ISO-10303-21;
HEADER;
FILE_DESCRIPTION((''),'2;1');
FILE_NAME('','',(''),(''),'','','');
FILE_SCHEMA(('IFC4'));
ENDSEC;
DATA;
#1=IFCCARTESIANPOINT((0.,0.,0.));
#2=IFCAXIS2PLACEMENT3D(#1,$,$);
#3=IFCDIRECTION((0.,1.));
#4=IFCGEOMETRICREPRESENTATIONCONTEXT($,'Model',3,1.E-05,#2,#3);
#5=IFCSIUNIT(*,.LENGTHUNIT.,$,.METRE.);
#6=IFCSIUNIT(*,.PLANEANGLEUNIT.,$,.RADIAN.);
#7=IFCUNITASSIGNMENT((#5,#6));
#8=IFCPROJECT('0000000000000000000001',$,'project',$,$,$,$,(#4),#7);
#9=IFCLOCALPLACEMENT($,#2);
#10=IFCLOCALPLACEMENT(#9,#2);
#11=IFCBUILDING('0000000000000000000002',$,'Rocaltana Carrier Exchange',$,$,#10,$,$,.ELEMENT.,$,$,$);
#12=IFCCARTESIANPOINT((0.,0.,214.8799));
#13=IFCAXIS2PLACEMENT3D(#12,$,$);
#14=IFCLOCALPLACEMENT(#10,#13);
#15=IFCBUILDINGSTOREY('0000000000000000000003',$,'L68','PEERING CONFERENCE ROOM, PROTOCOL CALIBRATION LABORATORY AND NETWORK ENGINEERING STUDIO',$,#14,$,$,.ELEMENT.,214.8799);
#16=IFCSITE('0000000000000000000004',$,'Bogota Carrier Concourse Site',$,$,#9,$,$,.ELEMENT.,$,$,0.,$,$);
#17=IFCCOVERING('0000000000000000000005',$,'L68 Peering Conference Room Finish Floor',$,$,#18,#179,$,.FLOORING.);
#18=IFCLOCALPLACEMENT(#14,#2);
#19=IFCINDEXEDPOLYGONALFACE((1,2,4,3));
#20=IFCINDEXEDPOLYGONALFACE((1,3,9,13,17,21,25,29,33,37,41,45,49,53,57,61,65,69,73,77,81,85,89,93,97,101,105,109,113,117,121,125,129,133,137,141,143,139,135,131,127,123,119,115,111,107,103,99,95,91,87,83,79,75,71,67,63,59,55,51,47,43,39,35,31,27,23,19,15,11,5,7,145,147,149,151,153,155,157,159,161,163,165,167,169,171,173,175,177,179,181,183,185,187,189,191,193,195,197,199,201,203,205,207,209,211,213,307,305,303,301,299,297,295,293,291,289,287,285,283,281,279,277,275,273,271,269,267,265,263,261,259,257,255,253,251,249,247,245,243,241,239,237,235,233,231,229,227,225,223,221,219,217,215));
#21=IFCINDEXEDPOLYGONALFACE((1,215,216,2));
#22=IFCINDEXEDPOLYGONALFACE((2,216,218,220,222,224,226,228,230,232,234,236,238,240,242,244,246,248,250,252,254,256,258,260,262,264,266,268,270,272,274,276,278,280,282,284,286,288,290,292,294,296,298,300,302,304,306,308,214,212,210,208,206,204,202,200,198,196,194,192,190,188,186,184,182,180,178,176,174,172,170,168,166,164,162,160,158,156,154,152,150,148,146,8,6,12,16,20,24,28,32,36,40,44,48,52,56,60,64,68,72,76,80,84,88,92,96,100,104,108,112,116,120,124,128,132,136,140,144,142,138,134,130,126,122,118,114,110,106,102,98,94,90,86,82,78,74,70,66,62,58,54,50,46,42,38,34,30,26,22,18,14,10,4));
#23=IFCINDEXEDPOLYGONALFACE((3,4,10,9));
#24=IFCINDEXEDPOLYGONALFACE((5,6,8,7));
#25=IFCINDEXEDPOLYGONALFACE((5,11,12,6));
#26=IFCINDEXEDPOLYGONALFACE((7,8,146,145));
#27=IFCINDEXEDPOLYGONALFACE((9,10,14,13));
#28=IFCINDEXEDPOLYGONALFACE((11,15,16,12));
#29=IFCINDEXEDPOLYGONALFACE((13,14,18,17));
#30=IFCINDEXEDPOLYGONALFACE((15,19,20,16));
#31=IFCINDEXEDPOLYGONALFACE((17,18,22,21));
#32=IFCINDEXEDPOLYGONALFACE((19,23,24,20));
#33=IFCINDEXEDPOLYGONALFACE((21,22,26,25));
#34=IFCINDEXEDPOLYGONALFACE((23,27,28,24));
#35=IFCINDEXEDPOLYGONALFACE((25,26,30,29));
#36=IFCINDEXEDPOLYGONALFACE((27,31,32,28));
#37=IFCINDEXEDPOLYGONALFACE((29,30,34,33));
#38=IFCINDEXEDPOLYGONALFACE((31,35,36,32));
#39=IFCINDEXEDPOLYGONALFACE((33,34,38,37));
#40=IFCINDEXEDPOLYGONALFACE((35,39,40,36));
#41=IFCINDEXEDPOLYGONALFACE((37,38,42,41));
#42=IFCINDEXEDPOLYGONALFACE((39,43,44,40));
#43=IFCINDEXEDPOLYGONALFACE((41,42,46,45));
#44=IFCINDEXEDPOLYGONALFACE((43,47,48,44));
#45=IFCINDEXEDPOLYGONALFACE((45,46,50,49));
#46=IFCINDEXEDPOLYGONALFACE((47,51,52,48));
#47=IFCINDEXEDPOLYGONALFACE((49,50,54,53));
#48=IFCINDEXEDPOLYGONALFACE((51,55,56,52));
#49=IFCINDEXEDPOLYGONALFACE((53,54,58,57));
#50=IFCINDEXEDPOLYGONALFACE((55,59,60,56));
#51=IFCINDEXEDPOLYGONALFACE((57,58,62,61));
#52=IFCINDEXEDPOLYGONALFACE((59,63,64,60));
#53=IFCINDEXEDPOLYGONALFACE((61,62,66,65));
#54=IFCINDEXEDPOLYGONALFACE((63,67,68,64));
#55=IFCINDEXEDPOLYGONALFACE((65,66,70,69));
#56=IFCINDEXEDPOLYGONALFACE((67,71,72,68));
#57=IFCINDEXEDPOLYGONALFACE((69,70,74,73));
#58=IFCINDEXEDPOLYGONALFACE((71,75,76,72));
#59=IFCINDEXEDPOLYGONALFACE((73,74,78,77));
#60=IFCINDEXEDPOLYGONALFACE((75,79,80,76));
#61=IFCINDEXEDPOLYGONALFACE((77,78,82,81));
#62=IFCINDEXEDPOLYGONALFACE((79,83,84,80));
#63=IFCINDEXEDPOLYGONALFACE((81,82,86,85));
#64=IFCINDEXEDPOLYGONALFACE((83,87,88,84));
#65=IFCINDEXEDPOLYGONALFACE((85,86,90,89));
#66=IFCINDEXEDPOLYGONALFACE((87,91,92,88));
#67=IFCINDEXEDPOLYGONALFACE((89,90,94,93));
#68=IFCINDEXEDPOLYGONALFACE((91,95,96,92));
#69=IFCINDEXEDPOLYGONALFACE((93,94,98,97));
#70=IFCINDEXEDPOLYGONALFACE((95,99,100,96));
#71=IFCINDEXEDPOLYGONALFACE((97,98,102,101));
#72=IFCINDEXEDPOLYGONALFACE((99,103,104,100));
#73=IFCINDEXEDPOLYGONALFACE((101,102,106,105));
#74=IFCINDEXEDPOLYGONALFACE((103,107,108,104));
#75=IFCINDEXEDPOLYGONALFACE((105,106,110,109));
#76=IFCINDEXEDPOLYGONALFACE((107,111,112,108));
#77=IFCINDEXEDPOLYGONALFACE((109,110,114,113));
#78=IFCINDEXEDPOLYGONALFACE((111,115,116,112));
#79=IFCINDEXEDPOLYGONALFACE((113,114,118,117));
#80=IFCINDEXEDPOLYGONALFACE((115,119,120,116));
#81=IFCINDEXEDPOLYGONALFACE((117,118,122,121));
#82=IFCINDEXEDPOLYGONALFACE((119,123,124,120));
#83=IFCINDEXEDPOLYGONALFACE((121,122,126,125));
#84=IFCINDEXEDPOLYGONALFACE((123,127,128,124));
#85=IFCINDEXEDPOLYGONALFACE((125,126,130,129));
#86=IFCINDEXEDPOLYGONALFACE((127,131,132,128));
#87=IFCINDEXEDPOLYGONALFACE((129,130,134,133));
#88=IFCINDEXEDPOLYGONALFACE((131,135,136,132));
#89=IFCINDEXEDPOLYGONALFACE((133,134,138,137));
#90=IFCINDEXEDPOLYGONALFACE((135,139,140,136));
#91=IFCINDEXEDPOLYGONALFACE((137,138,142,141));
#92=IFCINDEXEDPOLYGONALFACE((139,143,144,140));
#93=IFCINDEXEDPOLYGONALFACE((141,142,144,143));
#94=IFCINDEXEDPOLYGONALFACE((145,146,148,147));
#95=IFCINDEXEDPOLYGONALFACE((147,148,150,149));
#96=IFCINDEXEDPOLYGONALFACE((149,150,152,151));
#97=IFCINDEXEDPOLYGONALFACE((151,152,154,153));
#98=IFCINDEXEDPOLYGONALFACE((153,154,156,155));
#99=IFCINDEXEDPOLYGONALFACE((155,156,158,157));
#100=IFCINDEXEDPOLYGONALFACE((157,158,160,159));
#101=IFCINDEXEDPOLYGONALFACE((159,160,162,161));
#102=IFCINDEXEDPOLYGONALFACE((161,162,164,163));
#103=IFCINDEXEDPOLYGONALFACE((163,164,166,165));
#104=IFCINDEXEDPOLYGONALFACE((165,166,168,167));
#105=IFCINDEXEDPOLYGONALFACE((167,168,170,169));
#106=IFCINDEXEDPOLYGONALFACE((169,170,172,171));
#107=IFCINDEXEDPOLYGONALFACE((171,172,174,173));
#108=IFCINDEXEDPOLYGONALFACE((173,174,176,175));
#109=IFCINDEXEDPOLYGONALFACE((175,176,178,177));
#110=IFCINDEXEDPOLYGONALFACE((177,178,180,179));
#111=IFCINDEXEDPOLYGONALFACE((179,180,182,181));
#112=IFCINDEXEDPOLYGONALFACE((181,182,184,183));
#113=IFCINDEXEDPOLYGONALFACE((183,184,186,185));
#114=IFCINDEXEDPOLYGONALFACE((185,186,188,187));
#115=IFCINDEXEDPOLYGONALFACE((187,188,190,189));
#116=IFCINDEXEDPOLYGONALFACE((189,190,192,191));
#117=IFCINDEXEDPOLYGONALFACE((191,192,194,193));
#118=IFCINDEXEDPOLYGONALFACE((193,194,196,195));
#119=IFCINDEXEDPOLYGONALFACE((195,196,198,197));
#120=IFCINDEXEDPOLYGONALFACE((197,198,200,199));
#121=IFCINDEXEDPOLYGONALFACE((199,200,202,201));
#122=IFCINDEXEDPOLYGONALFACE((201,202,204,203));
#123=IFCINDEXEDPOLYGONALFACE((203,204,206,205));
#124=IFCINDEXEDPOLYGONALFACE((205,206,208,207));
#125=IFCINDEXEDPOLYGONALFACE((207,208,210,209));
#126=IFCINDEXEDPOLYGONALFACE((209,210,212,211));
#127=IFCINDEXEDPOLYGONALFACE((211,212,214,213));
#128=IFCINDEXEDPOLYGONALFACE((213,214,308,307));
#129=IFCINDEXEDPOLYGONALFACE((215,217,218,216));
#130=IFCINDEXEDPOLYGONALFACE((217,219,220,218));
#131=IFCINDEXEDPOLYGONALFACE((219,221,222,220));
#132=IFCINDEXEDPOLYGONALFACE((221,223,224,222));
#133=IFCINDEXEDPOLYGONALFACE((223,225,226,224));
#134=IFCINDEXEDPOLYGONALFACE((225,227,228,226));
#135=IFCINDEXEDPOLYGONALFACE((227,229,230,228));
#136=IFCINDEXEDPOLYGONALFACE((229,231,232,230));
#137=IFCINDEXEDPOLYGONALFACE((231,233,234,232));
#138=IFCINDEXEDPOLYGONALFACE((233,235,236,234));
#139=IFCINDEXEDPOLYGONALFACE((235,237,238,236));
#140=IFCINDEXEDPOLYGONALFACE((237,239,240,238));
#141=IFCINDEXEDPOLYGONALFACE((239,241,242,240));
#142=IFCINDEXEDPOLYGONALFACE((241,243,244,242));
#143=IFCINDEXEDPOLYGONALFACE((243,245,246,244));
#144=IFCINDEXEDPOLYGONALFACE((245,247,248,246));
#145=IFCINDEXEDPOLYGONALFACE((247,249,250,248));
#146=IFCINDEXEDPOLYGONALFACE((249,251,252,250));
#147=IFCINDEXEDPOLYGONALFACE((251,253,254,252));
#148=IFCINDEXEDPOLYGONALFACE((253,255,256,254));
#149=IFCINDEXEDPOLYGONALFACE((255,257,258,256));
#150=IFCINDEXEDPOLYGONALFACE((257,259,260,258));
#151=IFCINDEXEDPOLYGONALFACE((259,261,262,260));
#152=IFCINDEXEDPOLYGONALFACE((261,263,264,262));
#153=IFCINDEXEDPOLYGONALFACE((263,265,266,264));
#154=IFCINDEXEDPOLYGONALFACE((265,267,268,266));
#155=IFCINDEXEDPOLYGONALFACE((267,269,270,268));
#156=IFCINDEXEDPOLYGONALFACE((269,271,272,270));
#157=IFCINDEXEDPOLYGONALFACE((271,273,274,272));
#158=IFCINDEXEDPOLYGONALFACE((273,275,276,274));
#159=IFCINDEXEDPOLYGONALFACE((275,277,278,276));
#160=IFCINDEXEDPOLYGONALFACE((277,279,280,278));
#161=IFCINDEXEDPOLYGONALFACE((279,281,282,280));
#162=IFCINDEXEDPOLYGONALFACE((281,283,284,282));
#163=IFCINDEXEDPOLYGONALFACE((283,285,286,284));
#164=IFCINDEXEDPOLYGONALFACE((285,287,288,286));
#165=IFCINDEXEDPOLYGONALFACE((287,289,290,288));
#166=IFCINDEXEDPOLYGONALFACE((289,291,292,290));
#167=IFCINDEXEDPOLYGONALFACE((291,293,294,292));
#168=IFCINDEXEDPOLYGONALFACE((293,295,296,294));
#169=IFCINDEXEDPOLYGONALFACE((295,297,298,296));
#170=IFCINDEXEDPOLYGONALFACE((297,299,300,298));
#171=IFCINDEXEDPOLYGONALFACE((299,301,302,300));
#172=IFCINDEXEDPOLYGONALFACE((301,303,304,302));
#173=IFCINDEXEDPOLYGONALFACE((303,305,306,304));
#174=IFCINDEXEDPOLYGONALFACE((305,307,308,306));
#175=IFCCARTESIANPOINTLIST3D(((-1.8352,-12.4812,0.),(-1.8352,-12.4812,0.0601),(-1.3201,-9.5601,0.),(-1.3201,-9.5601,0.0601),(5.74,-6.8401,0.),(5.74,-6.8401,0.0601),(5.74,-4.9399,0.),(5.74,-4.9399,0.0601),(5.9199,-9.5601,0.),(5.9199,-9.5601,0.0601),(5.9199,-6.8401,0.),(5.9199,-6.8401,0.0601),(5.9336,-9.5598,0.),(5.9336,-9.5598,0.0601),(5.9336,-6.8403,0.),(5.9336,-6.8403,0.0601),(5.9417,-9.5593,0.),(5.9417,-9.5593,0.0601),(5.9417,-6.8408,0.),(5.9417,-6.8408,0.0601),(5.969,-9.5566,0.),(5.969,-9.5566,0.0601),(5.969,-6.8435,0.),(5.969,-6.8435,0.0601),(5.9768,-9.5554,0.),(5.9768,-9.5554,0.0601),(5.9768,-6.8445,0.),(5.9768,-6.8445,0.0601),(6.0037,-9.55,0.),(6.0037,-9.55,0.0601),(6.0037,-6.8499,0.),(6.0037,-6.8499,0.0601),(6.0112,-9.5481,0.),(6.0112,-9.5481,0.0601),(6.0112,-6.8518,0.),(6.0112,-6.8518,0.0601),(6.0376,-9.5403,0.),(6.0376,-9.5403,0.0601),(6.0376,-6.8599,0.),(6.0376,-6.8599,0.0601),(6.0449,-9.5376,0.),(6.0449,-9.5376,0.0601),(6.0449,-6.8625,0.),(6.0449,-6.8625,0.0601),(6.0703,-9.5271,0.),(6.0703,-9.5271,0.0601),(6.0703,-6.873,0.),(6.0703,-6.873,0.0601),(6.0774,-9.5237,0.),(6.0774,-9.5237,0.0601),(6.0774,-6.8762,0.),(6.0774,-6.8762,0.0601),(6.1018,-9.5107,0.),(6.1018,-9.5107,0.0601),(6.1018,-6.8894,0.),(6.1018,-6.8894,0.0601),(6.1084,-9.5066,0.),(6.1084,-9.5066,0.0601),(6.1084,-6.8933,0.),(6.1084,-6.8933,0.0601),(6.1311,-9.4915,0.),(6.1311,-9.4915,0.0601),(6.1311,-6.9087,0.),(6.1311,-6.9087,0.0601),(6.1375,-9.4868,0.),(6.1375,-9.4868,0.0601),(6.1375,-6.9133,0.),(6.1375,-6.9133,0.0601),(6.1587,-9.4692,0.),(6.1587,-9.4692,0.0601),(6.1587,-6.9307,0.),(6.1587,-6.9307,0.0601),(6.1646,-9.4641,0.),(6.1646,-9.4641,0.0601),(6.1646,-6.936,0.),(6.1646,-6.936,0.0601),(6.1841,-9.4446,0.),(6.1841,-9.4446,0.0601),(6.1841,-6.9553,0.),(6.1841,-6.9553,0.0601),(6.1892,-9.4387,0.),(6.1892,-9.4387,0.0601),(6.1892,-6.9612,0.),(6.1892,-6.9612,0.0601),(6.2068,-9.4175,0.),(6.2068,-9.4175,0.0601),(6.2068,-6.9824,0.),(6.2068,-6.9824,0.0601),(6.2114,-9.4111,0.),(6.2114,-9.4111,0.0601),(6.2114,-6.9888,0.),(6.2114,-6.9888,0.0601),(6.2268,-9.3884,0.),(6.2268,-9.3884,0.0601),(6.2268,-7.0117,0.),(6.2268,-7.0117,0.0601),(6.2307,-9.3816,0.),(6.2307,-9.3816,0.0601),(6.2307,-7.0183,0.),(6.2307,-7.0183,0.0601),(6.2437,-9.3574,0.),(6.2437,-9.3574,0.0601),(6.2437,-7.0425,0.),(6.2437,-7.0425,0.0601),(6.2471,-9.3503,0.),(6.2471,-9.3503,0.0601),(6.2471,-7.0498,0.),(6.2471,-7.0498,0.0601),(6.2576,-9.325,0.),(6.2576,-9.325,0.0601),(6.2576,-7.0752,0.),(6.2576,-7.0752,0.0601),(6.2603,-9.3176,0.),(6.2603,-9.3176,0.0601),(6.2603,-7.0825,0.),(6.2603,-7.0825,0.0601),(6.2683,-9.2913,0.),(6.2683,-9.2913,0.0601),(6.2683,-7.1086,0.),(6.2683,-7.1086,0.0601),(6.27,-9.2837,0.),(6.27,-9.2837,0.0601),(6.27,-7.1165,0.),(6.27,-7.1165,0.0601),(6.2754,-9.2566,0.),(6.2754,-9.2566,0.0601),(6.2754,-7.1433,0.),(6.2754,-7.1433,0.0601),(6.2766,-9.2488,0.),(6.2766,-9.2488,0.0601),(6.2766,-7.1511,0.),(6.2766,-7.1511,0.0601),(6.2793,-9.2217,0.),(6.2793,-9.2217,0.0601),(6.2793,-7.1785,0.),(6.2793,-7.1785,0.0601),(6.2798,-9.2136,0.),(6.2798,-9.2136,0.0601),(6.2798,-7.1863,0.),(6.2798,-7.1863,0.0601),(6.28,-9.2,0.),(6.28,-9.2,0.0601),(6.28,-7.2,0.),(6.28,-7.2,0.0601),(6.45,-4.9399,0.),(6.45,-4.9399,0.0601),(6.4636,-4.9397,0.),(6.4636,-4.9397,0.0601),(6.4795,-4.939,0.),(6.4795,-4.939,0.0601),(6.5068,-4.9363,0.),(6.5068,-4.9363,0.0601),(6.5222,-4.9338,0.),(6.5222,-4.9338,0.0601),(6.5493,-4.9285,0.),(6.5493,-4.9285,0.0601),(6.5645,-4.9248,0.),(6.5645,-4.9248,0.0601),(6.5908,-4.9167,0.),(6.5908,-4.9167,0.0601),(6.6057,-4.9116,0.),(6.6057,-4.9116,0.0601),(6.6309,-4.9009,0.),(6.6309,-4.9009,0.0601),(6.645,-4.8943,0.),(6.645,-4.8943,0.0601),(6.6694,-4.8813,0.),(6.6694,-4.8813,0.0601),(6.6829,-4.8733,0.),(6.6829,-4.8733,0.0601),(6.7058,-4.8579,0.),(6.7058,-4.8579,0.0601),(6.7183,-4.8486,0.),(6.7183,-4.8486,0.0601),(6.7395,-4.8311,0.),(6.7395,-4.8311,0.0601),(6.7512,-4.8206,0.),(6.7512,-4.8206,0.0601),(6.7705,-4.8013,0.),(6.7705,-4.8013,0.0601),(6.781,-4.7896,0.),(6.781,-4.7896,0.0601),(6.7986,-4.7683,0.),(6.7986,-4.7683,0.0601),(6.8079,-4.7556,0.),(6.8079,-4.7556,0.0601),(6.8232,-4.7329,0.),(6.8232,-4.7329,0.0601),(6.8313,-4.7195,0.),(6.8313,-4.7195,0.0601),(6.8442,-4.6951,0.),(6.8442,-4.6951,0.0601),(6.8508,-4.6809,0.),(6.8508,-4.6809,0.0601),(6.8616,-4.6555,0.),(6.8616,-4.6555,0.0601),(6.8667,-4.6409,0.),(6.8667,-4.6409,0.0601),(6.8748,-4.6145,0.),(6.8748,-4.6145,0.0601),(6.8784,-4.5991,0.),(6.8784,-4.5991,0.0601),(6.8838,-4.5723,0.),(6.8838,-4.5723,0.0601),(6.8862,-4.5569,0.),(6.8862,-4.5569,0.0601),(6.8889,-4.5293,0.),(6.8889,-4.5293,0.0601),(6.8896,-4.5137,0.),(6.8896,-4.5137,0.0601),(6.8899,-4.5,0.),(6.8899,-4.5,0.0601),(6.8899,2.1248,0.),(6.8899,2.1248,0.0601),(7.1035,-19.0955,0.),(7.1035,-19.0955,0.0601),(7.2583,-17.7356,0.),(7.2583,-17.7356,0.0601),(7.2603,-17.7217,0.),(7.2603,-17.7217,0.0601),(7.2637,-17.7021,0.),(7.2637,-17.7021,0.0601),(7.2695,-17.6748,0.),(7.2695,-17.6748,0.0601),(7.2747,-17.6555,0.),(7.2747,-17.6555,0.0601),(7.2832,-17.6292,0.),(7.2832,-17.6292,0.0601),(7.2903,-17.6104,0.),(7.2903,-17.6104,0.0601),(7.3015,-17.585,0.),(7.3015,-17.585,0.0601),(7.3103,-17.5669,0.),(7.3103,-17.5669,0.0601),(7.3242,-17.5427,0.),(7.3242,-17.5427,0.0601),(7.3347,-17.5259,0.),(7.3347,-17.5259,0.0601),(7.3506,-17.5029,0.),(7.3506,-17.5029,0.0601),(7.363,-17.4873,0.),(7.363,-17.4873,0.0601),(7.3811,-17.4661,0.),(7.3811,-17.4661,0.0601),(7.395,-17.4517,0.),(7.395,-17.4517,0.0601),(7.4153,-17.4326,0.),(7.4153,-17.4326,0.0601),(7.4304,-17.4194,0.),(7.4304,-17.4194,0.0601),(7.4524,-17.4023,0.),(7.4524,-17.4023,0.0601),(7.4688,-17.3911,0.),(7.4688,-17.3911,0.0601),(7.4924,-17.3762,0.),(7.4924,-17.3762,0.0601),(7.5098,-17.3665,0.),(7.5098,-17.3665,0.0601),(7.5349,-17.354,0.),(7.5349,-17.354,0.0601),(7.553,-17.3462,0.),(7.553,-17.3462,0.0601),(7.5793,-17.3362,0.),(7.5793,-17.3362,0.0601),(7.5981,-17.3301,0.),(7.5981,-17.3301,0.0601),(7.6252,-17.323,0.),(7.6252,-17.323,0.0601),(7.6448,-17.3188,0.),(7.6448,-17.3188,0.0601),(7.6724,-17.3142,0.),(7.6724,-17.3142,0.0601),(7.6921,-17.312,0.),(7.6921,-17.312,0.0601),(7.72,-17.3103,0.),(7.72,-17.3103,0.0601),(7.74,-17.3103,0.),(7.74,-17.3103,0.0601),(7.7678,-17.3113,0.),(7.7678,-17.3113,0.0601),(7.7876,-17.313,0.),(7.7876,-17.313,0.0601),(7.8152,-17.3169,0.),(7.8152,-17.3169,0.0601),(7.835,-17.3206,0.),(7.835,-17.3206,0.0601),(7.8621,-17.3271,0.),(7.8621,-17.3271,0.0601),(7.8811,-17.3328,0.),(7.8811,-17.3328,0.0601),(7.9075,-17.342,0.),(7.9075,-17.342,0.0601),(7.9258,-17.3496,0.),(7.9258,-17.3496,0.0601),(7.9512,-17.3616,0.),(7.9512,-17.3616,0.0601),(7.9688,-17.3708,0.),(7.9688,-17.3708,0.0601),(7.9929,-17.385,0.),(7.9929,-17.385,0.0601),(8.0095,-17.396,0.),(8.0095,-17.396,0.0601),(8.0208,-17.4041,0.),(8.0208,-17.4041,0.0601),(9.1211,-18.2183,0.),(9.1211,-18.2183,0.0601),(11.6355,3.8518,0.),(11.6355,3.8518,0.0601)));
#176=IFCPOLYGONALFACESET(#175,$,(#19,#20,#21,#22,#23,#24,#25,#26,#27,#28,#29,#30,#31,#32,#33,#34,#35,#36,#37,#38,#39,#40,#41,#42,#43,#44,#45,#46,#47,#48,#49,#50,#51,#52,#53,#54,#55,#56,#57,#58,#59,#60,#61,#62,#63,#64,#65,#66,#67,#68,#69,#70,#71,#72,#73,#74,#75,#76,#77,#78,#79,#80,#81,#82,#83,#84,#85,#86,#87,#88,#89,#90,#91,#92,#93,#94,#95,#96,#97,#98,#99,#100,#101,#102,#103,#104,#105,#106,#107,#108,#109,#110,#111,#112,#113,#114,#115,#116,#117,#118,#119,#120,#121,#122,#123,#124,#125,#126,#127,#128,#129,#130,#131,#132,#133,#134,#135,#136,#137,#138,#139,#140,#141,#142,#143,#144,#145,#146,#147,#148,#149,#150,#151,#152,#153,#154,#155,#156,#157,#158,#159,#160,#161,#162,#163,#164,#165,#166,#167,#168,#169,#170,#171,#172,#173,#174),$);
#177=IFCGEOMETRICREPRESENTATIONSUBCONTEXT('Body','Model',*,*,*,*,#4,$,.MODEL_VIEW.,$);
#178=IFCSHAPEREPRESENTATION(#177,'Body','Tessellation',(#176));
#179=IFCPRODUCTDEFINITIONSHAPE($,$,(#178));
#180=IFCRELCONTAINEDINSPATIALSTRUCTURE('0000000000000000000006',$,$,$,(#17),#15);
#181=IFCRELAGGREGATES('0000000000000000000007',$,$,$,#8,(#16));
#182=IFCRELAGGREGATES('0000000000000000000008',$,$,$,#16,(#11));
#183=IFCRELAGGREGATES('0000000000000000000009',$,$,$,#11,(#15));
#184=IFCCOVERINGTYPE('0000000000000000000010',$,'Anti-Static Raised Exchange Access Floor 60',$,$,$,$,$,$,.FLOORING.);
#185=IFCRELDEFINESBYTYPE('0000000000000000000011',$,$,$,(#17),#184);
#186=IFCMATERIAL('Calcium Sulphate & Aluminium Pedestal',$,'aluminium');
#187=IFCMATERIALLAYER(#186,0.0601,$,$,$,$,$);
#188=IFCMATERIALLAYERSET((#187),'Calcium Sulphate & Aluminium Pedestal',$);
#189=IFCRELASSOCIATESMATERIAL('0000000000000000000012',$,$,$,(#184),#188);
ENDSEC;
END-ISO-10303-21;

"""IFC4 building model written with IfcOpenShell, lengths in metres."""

from ifc_helpers import new_model, si_unit, direction, frame, origin, place, context, subcontext, project, spatial, polyline, outline, extrude, material, layer, layer_set, type_object, element, save


model = new_model("IFC4")

# Units and contexts
model_context = context("Model", 3, precision=1e-05, world=origin(), true_north=direction((0.0, 1.0)))
body_context = subcontext(model_context, "Body", "Model", "MODEL_VIEW")
ifc_project = project(units=[si_unit("LENGTHUNIT", "METRE"), si_unit("PLANEANGLEUNIT", "RADIAN")], contexts=[model_context])

# Site, building, storey
site_placement = place(None, origin())
site = spatial("IfcSite", under=ifc_project, at=site_placement, Name="Bogota Carrier Concourse Site", CompositionType="ELEMENT", RefElevation=0.0)
building_placement = place(site_placement, origin())
building = spatial("IfcBuilding", under=site, at=building_placement, Name="Rocaltana Carrier Exchange", CompositionType="ELEMENT")
storey_placement = place(building_placement, frame((0.0, 0.0, 214.8799)))
storey = spatial("IfcBuildingStorey", under=building, at=storey_placement, Name="L68", Description="PEERING CONFERENCE ROOM, PROTOCOL CALIBRATION LABORATORY AND NETWORK ENGINEERING STUDIO", CompositionType="ELEMENT", Elevation=214.8799)

# Covering
ifc_material_1 = material(Name="Calcium Sulphate & Aluminium Pedestal", Category="aluminium")
ifc_layer_1 = layer(ifc_material_1, 0.0601)
ifc_layer_set_1 = layer_set([ifc_layer_1], Name="Calcium Sulphate & Aluminium Pedestal")
covering_type_1 = type_object("IfcCoveringType", Name="Anti-Static Raised Exchange Access Floor 60", PredefinedType="FLOORING", material=ifc_layer_set_1)
covering_1_placement = place(storey_placement, origin())
element("IfcCovering", 1, at=covering_1_placement, inside=storey, type_object=covering_type_1, Name="L68 Peering Conference Room Finish Floor", PredefinedType="FLOORING", context=body_context, shape_type="SweptSolid", body=[
    extrude(outline(polyline([(5.74, -6.8401), (5.74, -4.9399), (6.45, -4.9399), (6.4636, -4.9397), (6.4795, -4.939), (6.5068, -4.9363), (6.5222, -4.9338), (6.5493, -4.9285), (6.5645, -4.9248), (6.5908, -4.9167), (6.6057, -4.9116), (6.6309, -4.9009), (6.645, -4.8943), (6.6694, -4.8813), (6.6829, -4.8733), (6.7058, -4.8579), (6.7183, -4.8486), (6.7395, -4.8311), (6.7512, -4.8206), (6.7705, -4.8013), (6.781, -4.7896), (6.7986, -4.7683), (6.8079, -4.7556), (6.8232, -4.7329), (6.8313, -4.7195), (6.8442, -4.6951), (6.8508, -4.6809), (6.8616, -4.6555), (6.8667, -4.6409), (6.8748, -4.6145), (6.8784, -4.5991), (6.8838, -4.5723), (6.8862, -4.5569), (6.8889, -4.5293), (6.8896, -4.5137), (6.8899, -4.5), (6.8899, 2.1248), (11.6355, 3.8518), (9.1211, -18.2183), (8.0208, -17.4041), (8.0095, -17.396), (7.9929, -17.385), (7.9688, -17.3708), (7.9512, -17.3616), (7.9258, -17.3496), (7.9075, -17.342), (7.8811, -17.3328), (7.8621, -17.3271), (7.835, -17.3206), (7.8152, -17.3169), (7.7876, -17.313), (7.7678, -17.3113), (7.74, -17.3103), (7.72, -17.3103), (7.6921, -17.312), (7.6724, -17.3142), (7.6448, -17.3188), (7.6252, -17.323), (7.5981, -17.3301), (7.5793, -17.3362), (7.553, -17.3462), (7.5349, -17.354), (7.5098, -17.3665), (7.4924, -17.3762), (7.4688, -17.3911), (7.4524, -17.4023), (7.4304, -17.4194), (7.4153, -17.4326), (7.395, -17.4517), (7.3811, -17.4661), (7.363, -17.4873), (7.3506, -17.5029), (7.3347, -17.5259), (7.3242, -17.5427), (7.3103, -17.5669), (7.3015, -17.585), (7.2903, -17.6104), (7.2832, -17.6292), (7.2747, -17.6555), (7.2695, -17.6748), (7.2637, -17.7021), (7.2603, -17.7217), (7.2583, -17.7356), (7.1035, -19.0955), (-1.8352, -12.4812), (-1.3201, -9.5601), (5.9199, -9.5601), (5.9336, -9.5598), (5.9417, -9.5593), (5.969, -9.5566), (5.9768, -9.5554), (6.0037, -9.55), (6.0112, -9.5481), (6.0376, -9.5403), (6.0449, -9.5376), (6.0703, -9.5271), (6.0774, -9.5237), (6.1018, -9.5107), (6.1084, -9.5066), (6.1311, -9.4915), (6.1375, -9.4868), (6.1587, -9.4692), (6.1646, -9.4641), (6.1841, -9.4446), (6.1892, -9.4387), (6.2068, -9.4175), (6.2114, -9.4111), (6.2268, -9.3884), (6.2307, -9.3816), (6.2437, -9.3574), (6.2471, -9.3503), (6.2576, -9.325), (6.2603, -9.3176), (6.2683, -9.2913), (6.27, -9.2837), (6.2754, -9.2566), (6.2766, -9.2488), (6.2793, -9.2217), (6.2798, -9.2136), (6.28, -9.2), (6.28, -7.2), (6.2798, -7.1863), (6.2793, -7.1785), (6.2766, -7.1511), (6.2754, -7.1433), (6.27, -7.1165), (6.2683, -7.1086), (6.2603, -7.0825), (6.2576, -7.0752), (6.2471, -7.0498), (6.2437, -7.0425), (6.2307, -7.0183), (6.2268, -7.0117), (6.2114, -6.9888), (6.2068, -6.9824), (6.1892, -6.9612), (6.1841, -6.9553), (6.1646, -6.936), (6.1587, -6.9307), (6.1375, -6.9133), (6.1311, -6.9087), (6.1084, -6.8933), (6.1018, -6.8894), (6.0774, -6.8762), (6.0703, -6.873), (6.0449, -6.8625), (6.0376, -6.8599), (6.0112, -6.8518), (6.0037, -6.8499), (5.9768, -6.8445), (5.969, -6.8435), (5.9417, -6.8408), (5.9336, -6.8403), (5.9199, -6.8401), (5.74, -6.8401)])), origin(), (0.0, 0.0, 1.0), 0.0601),
])

save(model, "model.ifc")
